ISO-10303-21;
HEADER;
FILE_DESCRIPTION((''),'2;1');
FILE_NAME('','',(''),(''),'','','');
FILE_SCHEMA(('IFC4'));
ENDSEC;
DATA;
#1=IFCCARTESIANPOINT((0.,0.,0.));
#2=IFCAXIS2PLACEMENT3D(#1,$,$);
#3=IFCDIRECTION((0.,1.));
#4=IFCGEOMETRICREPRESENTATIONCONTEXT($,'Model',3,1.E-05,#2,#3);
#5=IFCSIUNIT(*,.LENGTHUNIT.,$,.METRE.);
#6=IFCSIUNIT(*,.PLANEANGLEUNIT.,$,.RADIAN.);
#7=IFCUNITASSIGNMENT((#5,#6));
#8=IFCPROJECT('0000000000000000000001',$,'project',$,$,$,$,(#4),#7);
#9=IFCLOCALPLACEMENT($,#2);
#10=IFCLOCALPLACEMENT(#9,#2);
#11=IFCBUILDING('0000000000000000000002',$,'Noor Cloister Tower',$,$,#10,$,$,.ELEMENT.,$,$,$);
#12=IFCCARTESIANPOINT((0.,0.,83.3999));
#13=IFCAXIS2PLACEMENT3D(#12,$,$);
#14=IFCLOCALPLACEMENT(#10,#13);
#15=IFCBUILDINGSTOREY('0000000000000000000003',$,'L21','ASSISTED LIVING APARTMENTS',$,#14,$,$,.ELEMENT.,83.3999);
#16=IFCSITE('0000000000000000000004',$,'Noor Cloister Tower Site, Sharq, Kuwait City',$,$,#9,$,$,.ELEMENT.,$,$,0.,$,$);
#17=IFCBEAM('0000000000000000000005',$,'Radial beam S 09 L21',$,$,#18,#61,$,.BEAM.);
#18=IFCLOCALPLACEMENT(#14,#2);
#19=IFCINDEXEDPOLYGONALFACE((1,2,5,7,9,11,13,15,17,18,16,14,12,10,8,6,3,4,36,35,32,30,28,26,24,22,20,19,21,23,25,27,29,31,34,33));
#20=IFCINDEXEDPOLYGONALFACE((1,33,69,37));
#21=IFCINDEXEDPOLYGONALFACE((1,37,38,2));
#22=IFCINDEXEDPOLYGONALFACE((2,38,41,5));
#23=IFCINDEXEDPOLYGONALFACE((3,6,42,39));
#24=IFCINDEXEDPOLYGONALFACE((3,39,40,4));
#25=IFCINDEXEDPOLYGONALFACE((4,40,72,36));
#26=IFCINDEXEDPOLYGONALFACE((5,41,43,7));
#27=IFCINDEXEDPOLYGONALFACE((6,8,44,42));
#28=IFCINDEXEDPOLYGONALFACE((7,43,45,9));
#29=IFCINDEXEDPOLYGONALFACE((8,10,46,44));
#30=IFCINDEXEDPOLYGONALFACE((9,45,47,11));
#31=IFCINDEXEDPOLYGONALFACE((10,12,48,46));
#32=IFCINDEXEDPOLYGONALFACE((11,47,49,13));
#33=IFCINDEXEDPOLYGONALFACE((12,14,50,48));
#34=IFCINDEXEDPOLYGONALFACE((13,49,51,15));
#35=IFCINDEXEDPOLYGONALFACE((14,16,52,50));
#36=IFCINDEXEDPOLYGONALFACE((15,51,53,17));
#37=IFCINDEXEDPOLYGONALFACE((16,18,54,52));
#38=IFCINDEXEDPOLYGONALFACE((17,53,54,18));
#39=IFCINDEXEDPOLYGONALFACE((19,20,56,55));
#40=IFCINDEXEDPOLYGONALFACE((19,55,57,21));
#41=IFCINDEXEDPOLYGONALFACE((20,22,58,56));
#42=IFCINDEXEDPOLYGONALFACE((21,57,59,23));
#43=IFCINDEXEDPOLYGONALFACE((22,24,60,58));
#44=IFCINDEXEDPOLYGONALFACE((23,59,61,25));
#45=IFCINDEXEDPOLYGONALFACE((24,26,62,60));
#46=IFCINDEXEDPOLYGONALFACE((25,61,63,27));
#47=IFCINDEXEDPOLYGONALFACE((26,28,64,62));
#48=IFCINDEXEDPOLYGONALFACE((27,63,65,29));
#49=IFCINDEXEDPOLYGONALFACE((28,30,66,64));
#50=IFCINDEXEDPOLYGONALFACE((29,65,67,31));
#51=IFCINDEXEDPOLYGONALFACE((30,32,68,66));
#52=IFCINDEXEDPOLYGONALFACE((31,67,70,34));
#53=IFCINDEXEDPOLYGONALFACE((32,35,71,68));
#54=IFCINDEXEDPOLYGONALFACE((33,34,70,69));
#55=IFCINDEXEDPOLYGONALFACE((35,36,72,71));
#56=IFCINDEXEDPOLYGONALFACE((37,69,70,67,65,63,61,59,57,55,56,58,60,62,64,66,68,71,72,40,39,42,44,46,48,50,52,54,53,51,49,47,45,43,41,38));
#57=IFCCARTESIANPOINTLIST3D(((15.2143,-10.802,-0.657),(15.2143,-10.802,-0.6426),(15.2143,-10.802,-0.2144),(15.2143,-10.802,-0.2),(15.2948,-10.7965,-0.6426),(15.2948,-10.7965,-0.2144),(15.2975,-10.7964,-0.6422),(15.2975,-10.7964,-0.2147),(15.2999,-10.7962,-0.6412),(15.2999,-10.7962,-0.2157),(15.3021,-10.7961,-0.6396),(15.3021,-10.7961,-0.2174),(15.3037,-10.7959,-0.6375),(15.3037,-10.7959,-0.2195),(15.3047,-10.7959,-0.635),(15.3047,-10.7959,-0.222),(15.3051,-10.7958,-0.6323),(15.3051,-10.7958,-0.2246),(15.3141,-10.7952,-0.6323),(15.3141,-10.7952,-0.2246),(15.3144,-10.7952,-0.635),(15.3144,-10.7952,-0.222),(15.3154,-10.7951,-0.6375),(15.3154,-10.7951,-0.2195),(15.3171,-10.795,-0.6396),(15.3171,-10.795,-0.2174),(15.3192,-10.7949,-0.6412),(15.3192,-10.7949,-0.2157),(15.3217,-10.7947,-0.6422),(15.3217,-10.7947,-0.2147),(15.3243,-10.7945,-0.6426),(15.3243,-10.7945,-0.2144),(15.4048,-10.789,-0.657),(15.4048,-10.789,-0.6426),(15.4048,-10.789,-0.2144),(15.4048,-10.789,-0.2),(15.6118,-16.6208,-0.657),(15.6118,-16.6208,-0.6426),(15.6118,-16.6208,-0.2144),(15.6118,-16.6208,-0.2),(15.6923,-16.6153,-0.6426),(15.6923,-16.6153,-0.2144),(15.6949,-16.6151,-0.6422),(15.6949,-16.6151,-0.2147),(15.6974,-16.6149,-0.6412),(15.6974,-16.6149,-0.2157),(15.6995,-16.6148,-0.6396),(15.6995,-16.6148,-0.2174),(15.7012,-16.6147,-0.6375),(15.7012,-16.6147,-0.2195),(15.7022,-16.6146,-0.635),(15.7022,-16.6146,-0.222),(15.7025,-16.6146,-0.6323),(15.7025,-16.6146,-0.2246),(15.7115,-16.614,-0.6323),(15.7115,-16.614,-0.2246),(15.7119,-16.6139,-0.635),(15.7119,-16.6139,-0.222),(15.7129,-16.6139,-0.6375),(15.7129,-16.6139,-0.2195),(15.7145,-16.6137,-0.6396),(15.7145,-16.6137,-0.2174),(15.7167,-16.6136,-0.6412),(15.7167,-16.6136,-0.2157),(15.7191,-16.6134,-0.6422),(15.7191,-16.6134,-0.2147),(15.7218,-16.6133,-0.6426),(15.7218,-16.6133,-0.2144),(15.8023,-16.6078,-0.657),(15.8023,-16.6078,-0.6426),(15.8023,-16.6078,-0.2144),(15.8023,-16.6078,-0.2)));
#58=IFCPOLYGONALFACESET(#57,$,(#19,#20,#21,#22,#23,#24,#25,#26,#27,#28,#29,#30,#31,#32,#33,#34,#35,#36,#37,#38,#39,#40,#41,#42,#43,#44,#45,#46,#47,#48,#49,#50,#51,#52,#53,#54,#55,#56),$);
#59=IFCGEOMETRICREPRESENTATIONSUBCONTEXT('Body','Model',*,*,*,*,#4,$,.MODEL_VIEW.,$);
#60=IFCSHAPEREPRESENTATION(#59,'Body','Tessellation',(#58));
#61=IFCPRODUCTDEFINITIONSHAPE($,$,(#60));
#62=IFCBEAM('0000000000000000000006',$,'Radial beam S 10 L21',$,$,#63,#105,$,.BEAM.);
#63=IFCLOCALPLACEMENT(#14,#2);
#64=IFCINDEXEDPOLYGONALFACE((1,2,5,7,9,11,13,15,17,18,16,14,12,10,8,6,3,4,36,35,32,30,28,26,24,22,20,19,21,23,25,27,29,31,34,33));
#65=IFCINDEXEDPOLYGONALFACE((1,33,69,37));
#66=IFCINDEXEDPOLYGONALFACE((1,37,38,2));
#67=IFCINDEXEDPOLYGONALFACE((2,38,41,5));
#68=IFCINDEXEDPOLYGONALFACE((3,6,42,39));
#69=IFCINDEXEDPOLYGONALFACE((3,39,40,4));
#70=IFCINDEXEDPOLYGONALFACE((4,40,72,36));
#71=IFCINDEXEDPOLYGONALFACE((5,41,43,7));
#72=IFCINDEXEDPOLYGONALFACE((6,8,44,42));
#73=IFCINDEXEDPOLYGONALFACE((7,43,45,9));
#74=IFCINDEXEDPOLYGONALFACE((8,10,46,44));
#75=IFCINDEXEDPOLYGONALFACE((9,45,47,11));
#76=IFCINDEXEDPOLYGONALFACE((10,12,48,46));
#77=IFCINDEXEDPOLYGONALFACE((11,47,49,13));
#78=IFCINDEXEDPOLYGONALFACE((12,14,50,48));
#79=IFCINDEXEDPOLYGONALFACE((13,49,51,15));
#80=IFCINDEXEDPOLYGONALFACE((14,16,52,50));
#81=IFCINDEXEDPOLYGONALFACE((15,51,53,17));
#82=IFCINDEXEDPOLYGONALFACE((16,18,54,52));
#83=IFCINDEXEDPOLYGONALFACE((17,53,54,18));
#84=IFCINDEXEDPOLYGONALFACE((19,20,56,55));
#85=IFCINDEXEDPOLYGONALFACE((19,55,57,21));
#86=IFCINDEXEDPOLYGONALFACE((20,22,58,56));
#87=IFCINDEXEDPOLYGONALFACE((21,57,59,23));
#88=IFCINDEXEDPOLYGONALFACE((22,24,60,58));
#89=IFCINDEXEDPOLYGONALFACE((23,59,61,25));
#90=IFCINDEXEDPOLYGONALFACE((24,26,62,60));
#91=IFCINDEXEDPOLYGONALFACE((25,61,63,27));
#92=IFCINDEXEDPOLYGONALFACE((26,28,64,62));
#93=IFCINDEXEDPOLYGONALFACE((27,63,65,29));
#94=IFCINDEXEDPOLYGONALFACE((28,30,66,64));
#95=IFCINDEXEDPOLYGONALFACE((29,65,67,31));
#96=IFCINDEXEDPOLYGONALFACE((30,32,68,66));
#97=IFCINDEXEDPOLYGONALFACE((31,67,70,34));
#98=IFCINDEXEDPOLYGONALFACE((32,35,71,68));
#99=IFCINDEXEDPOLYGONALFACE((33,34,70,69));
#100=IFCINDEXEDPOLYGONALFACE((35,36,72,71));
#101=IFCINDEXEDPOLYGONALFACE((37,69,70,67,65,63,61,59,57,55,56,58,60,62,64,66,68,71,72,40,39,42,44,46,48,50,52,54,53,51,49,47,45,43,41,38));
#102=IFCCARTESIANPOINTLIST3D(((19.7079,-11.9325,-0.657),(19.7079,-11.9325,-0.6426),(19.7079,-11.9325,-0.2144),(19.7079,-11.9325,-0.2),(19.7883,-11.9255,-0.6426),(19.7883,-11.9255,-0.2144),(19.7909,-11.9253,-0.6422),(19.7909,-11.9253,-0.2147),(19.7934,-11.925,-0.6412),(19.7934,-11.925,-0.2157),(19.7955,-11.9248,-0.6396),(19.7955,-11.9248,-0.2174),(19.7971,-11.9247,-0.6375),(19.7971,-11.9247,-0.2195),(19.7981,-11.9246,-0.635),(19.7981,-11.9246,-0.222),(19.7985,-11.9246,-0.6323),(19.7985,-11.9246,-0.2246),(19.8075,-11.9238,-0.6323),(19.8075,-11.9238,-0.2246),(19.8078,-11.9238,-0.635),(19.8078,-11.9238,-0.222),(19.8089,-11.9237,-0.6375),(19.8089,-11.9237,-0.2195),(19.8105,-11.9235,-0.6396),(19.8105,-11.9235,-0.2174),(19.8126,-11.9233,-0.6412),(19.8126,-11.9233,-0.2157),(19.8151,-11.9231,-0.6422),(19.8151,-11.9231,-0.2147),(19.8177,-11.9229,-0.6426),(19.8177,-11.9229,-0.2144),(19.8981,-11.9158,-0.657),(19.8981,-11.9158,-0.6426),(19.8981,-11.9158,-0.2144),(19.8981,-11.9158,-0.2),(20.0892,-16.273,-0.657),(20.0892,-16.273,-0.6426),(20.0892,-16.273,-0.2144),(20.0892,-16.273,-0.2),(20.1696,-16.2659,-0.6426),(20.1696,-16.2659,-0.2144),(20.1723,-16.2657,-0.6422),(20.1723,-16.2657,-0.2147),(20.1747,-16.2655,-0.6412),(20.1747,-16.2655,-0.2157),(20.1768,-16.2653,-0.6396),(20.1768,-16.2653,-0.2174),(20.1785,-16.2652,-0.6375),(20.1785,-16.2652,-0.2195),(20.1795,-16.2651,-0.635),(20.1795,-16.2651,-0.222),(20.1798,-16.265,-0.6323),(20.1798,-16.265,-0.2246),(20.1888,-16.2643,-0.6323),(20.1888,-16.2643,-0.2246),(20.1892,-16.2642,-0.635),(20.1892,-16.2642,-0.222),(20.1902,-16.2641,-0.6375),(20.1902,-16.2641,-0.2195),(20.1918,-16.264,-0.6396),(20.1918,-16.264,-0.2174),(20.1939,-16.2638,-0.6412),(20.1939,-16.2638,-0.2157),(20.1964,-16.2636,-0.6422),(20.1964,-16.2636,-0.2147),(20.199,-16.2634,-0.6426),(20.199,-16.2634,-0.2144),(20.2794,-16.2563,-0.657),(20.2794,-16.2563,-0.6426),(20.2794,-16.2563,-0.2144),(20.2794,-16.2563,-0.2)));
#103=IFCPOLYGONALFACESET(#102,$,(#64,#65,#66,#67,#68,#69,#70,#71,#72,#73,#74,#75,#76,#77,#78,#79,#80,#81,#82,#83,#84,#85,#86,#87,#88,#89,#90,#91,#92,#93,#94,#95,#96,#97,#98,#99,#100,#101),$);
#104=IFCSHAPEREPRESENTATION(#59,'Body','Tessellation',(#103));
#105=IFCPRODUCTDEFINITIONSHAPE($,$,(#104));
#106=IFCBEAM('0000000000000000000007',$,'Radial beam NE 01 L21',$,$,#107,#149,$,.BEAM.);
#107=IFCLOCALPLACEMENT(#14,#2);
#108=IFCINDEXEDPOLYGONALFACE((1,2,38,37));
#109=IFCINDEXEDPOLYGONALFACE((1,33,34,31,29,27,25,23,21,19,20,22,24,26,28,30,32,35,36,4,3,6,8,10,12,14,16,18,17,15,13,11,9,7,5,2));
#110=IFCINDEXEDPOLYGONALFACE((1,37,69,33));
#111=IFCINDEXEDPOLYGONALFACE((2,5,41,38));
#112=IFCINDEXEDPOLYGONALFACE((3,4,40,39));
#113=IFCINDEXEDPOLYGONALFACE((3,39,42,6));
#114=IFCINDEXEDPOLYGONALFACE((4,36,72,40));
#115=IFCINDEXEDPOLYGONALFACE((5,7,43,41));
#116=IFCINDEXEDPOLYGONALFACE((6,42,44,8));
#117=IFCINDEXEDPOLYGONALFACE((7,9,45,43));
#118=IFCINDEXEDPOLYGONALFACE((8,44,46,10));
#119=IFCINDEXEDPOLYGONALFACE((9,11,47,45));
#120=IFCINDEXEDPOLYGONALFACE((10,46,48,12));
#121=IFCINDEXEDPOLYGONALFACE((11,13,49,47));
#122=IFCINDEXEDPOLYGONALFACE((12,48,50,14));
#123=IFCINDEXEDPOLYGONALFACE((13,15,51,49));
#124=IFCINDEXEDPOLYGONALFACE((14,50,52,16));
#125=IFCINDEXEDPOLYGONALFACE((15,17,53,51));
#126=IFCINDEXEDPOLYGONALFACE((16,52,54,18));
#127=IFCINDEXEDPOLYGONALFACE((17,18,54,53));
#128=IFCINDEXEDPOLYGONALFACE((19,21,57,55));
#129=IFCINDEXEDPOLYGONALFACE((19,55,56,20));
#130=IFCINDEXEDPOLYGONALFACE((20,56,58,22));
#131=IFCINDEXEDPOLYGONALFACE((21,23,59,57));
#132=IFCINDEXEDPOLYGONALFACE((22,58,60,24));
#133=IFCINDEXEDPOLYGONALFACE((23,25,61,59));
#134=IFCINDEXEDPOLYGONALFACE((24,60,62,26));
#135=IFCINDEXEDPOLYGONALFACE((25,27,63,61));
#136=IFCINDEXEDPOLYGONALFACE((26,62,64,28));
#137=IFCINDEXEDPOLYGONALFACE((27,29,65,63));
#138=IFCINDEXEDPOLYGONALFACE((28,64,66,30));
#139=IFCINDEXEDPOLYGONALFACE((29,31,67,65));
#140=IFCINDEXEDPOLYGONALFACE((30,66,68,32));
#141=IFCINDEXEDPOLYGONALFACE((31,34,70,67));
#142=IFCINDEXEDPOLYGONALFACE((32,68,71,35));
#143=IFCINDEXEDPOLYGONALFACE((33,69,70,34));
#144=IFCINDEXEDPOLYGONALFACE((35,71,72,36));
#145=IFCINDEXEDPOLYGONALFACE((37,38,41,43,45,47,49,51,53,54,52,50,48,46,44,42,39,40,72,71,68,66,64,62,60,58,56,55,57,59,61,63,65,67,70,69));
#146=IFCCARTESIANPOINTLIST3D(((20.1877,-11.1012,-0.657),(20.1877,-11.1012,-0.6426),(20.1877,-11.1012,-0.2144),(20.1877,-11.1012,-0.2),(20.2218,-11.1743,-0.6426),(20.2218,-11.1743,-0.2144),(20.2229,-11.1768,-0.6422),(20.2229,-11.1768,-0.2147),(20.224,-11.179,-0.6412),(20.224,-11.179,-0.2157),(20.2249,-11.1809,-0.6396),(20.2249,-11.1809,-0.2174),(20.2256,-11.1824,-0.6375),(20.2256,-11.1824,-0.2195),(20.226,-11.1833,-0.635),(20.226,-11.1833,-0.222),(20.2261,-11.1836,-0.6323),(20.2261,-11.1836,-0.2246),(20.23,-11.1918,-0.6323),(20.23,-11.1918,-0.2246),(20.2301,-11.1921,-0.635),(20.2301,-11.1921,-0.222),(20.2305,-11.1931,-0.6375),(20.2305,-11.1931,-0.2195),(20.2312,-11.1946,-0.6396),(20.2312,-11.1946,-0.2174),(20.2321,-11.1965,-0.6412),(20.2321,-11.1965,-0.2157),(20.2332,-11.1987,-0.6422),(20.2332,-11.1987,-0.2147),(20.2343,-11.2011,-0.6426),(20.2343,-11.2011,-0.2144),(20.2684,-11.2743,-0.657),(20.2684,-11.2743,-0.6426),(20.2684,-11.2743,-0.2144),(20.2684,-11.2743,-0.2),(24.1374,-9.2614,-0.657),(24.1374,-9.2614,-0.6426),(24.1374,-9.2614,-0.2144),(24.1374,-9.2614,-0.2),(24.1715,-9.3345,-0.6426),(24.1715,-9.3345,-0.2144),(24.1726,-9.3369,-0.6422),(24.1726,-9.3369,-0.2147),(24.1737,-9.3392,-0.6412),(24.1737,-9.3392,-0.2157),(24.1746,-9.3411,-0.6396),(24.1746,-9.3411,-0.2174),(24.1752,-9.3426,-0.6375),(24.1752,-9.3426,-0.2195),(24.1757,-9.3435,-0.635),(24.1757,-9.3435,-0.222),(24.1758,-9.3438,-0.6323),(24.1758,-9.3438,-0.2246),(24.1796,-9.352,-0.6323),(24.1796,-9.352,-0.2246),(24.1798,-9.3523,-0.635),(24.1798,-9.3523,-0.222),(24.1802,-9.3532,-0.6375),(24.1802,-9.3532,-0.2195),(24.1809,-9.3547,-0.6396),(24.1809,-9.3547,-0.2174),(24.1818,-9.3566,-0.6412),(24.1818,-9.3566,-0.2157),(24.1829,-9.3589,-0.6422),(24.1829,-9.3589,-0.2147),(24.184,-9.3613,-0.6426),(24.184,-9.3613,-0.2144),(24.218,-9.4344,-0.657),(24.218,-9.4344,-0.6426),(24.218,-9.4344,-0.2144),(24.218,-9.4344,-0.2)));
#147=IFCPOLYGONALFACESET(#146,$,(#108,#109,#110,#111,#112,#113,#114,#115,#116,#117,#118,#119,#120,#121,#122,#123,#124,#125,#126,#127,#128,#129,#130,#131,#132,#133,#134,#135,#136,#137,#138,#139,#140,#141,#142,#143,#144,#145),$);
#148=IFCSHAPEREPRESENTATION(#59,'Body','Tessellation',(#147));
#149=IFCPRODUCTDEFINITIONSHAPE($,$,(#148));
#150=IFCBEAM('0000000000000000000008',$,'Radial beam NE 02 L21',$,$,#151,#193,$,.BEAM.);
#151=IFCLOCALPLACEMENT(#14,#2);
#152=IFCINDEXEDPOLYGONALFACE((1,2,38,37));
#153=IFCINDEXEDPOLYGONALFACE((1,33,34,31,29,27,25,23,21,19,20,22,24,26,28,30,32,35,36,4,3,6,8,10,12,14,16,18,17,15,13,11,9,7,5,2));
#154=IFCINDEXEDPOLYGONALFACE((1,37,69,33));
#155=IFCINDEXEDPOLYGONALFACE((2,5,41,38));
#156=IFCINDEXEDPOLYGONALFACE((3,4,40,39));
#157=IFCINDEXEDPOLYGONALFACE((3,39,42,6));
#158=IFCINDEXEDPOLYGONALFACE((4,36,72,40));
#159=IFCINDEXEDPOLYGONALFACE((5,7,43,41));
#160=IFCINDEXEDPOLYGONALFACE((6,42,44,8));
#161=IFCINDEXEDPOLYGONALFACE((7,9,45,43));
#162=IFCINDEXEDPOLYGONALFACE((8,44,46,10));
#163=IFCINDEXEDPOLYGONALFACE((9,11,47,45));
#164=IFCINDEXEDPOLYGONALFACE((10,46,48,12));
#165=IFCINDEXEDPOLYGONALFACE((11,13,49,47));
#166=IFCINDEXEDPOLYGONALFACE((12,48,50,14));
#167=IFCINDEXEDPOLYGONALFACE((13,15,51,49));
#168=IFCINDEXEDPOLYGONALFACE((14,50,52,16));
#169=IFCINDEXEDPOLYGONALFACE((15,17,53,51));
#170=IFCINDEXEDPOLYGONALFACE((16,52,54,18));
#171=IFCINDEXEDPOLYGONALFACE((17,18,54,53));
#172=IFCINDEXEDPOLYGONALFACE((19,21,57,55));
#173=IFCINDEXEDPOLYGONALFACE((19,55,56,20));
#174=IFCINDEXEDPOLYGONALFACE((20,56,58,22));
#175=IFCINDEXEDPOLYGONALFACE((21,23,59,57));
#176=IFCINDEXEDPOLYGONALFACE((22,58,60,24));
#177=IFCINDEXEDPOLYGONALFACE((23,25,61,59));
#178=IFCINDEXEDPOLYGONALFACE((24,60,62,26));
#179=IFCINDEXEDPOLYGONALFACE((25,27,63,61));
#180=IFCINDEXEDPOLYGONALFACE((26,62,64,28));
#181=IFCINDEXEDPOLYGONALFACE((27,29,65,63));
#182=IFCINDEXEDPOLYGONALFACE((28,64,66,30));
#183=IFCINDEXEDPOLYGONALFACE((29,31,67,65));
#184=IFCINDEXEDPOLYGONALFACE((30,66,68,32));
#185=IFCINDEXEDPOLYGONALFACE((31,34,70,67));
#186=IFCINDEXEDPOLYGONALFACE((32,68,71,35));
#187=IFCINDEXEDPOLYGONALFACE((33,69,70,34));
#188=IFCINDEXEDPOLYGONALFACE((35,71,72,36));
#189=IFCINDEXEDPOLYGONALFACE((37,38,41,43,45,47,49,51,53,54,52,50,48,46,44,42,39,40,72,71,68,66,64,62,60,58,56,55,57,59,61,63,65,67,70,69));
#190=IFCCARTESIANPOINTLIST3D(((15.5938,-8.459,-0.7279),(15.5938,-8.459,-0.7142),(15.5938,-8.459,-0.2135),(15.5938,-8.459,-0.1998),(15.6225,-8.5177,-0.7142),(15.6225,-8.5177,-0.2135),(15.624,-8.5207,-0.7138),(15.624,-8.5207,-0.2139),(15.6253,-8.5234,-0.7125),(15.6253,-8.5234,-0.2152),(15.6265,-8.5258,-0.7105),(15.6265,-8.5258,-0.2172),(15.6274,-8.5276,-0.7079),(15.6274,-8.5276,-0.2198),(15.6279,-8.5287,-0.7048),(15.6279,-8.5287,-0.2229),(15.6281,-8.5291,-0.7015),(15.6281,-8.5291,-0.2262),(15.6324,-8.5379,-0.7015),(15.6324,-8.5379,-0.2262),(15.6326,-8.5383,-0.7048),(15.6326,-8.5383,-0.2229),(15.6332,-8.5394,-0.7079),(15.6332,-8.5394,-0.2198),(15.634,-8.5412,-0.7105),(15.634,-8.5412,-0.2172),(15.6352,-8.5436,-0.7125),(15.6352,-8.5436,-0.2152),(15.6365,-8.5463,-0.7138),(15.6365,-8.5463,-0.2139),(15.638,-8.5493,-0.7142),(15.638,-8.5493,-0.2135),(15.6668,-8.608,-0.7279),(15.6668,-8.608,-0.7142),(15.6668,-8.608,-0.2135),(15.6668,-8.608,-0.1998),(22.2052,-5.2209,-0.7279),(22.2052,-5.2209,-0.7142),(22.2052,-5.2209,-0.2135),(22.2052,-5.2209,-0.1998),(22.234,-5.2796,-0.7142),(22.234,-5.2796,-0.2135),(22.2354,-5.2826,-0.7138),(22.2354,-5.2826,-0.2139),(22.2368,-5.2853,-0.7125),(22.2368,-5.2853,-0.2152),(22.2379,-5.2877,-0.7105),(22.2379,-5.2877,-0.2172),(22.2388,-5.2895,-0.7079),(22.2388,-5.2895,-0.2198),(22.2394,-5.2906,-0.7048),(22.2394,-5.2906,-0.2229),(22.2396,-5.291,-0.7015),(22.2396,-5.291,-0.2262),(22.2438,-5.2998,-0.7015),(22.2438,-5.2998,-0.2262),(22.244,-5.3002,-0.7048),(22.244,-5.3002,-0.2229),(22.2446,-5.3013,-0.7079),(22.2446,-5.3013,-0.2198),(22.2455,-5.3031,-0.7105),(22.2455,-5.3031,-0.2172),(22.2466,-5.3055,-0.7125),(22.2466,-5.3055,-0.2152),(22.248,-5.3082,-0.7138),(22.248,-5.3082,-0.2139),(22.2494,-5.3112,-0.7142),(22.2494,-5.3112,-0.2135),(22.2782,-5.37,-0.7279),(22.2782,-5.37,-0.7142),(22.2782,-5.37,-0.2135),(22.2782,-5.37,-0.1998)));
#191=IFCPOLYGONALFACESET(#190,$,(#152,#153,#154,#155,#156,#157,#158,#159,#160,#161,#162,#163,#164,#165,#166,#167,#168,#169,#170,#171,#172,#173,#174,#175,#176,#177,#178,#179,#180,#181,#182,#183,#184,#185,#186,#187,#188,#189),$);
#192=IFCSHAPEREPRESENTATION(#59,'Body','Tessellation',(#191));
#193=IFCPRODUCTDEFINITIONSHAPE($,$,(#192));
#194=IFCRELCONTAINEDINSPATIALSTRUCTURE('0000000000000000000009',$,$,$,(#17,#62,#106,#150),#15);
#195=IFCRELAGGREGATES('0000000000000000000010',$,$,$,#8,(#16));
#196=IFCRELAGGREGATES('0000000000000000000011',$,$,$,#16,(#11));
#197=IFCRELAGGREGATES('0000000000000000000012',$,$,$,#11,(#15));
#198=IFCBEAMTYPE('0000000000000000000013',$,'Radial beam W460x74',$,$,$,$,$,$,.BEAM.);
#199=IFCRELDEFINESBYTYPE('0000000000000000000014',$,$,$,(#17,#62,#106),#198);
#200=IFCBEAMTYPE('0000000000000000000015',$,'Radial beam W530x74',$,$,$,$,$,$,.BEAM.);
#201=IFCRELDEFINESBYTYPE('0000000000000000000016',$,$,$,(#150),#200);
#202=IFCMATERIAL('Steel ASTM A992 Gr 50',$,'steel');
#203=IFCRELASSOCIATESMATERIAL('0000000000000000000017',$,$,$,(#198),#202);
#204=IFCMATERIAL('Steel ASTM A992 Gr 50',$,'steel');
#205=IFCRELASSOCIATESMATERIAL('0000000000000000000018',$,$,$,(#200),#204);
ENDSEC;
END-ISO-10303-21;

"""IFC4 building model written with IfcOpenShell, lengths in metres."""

from ifc_helpers import new_model, si_unit, direction, frame, origin, origin_2d, place, context, subcontext, project, spatial, i_section, extrude, material, material_profile, profile_set, type_object, element, save


model = new_model("IFC4")

# Units and contexts
model_context = context("Model", 3, precision=1e-05, world=origin(), true_north=direction((0.0, 1.0)))
body_context = subcontext(model_context, "Body", "Model", "MODEL_VIEW")
ifc_project = project(units=[si_unit("LENGTHUNIT", "METRE"), si_unit("PLANEANGLEUNIT", "RADIAN")], contexts=[model_context])

# Site, building, storey
site_placement = place(None, origin())
site = spatial("IfcSite", under=ifc_project, at=site_placement, Name="Noor Cloister Tower Site, Sharq, Kuwait City", CompositionType="ELEMENT", RefElevation=0.0)
building_placement = place(site_placement, origin())
building = spatial("IfcBuilding", under=site, at=building_placement, Name="Noor Cloister Tower", CompositionType="ELEMENT")
storey_placement = place(building_placement, frame((0.0, 0.0, 83.3999)))
storey = spatial("IfcBuildingStorey", under=building, at=storey_placement, Name="L21", Description="ASSISTED LIVING APARTMENTS", CompositionType="ELEMENT", Elevation=83.3999)

# Beams
ifc_material_1 = material(Name="Steel ASTM A992 Gr 50", Category="steel")
ifc_material_profile_1 = material_profile(ifc_material_1, i_section(OverallWidth=0.1909, OverallDepth=0.457, WebThickness=0.009, FlangeThickness=0.0144, FilletRadius=0.0103, at=origin_2d()), Name="W460x74")
ifc_profile_set_1 = profile_set([ifc_material_profile_1], Name="Steel ASTM A992 Gr 50")
beam_type_1 = type_object("IfcBeamType", Name="Radial beam W460x74", PredefinedType="BEAM", material=ifc_profile_set_1)
beam_1_placement = place(storey_placement, frame((15.707, -16.6143, -0.4285), z_axis=(-0.06815, 0.997675, 0.0), x_axis=(-0.997675, -0.06815, 0.0)))
element("IfcBeam", 1, at=beam_1_placement, inside=storey, type_object=beam_type_1, Name="Radial beam S 09 L21", PredefinedType="BEAM", context=body_context, shape_type="SweptSolid", body=[
    extrude(i_section(OverallWidth=0.1909, OverallDepth=0.457, WebThickness=0.009, FlangeThickness=0.0144, FilletRadius=0.0103, at=origin_2d()), origin(), (0.0, 0.0, 1.0), 5.8323),
])
for number, where, z_axis, x_axis, name in (
    (2, (20.1843, -16.2646, -0.4285), (-0.087519, 0.996163, 0.0), (-0.996163, -0.087519, 0.0), "Radial beam S 10 L21"),
    (3, (24.1777, -9.3479, -0.4285), (-0.906478, -0.422253, 0.0), (0.422253, -0.906478, 0.0), "Radial beam NE 01 L21"),
):
    element("IfcBeam", number, at=place(storey_placement, frame(where, z_axis=z_axis, x_axis=x_axis)), inside=storey, type_object=beam_type_1, Name=name, PredefinedType="BEAM", context=body_context, shape_type="SweptSolid", body=[
        extrude(i_section(OverallWidth=0.1909, OverallDepth=0.457, WebThickness=0.009, FlangeThickness=0.0144, FilletRadius=0.0103, at=origin_2d()), origin(), (0.0, 0.0, 1.0), 4.3572),
    ])
ifc_material_2 = material(Name="Steel ASTM A992 Gr 50", Category="steel")
ifc_material_profile_2 = material_profile(ifc_material_2, i_section(OverallWidth=0.166, OverallDepth=0.5281, WebThickness=0.0098, FlangeThickness=0.0137, FilletRadius=0.0127, at=origin_2d()), Name="W530x74")
ifc_profile_set_2 = profile_set([ifc_material_profile_2], Name="Steel ASTM A992 Gr 50")
beam_type_2 = type_object("IfcBeamType", Name="Radial beam W530x74", PredefinedType="BEAM", material=ifc_profile_set_2)
beam_2_placement = place(storey_placement, frame((22.2417, -5.2954, -0.4639), z_axis=(-0.898072, -0.439849, 0.0), x_axis=(0.439849, -0.898072, 0.0)))
element("IfcBeam", 4, at=beam_2_placement, inside=storey, type_object=beam_type_2, Name="Radial beam NE 02 L21", PredefinedType="BEAM", context=body_context, shape_type="SweptSolid", body=[
    extrude(i_section(OverallWidth=0.166, OverallDepth=0.5281, WebThickness=0.0098, FlangeThickness=0.0137, FilletRadius=0.0127, at=origin_2d()), origin(), (0.0, 0.0, 1.0), 7.3618),
])

save(model, "model.ifc")
